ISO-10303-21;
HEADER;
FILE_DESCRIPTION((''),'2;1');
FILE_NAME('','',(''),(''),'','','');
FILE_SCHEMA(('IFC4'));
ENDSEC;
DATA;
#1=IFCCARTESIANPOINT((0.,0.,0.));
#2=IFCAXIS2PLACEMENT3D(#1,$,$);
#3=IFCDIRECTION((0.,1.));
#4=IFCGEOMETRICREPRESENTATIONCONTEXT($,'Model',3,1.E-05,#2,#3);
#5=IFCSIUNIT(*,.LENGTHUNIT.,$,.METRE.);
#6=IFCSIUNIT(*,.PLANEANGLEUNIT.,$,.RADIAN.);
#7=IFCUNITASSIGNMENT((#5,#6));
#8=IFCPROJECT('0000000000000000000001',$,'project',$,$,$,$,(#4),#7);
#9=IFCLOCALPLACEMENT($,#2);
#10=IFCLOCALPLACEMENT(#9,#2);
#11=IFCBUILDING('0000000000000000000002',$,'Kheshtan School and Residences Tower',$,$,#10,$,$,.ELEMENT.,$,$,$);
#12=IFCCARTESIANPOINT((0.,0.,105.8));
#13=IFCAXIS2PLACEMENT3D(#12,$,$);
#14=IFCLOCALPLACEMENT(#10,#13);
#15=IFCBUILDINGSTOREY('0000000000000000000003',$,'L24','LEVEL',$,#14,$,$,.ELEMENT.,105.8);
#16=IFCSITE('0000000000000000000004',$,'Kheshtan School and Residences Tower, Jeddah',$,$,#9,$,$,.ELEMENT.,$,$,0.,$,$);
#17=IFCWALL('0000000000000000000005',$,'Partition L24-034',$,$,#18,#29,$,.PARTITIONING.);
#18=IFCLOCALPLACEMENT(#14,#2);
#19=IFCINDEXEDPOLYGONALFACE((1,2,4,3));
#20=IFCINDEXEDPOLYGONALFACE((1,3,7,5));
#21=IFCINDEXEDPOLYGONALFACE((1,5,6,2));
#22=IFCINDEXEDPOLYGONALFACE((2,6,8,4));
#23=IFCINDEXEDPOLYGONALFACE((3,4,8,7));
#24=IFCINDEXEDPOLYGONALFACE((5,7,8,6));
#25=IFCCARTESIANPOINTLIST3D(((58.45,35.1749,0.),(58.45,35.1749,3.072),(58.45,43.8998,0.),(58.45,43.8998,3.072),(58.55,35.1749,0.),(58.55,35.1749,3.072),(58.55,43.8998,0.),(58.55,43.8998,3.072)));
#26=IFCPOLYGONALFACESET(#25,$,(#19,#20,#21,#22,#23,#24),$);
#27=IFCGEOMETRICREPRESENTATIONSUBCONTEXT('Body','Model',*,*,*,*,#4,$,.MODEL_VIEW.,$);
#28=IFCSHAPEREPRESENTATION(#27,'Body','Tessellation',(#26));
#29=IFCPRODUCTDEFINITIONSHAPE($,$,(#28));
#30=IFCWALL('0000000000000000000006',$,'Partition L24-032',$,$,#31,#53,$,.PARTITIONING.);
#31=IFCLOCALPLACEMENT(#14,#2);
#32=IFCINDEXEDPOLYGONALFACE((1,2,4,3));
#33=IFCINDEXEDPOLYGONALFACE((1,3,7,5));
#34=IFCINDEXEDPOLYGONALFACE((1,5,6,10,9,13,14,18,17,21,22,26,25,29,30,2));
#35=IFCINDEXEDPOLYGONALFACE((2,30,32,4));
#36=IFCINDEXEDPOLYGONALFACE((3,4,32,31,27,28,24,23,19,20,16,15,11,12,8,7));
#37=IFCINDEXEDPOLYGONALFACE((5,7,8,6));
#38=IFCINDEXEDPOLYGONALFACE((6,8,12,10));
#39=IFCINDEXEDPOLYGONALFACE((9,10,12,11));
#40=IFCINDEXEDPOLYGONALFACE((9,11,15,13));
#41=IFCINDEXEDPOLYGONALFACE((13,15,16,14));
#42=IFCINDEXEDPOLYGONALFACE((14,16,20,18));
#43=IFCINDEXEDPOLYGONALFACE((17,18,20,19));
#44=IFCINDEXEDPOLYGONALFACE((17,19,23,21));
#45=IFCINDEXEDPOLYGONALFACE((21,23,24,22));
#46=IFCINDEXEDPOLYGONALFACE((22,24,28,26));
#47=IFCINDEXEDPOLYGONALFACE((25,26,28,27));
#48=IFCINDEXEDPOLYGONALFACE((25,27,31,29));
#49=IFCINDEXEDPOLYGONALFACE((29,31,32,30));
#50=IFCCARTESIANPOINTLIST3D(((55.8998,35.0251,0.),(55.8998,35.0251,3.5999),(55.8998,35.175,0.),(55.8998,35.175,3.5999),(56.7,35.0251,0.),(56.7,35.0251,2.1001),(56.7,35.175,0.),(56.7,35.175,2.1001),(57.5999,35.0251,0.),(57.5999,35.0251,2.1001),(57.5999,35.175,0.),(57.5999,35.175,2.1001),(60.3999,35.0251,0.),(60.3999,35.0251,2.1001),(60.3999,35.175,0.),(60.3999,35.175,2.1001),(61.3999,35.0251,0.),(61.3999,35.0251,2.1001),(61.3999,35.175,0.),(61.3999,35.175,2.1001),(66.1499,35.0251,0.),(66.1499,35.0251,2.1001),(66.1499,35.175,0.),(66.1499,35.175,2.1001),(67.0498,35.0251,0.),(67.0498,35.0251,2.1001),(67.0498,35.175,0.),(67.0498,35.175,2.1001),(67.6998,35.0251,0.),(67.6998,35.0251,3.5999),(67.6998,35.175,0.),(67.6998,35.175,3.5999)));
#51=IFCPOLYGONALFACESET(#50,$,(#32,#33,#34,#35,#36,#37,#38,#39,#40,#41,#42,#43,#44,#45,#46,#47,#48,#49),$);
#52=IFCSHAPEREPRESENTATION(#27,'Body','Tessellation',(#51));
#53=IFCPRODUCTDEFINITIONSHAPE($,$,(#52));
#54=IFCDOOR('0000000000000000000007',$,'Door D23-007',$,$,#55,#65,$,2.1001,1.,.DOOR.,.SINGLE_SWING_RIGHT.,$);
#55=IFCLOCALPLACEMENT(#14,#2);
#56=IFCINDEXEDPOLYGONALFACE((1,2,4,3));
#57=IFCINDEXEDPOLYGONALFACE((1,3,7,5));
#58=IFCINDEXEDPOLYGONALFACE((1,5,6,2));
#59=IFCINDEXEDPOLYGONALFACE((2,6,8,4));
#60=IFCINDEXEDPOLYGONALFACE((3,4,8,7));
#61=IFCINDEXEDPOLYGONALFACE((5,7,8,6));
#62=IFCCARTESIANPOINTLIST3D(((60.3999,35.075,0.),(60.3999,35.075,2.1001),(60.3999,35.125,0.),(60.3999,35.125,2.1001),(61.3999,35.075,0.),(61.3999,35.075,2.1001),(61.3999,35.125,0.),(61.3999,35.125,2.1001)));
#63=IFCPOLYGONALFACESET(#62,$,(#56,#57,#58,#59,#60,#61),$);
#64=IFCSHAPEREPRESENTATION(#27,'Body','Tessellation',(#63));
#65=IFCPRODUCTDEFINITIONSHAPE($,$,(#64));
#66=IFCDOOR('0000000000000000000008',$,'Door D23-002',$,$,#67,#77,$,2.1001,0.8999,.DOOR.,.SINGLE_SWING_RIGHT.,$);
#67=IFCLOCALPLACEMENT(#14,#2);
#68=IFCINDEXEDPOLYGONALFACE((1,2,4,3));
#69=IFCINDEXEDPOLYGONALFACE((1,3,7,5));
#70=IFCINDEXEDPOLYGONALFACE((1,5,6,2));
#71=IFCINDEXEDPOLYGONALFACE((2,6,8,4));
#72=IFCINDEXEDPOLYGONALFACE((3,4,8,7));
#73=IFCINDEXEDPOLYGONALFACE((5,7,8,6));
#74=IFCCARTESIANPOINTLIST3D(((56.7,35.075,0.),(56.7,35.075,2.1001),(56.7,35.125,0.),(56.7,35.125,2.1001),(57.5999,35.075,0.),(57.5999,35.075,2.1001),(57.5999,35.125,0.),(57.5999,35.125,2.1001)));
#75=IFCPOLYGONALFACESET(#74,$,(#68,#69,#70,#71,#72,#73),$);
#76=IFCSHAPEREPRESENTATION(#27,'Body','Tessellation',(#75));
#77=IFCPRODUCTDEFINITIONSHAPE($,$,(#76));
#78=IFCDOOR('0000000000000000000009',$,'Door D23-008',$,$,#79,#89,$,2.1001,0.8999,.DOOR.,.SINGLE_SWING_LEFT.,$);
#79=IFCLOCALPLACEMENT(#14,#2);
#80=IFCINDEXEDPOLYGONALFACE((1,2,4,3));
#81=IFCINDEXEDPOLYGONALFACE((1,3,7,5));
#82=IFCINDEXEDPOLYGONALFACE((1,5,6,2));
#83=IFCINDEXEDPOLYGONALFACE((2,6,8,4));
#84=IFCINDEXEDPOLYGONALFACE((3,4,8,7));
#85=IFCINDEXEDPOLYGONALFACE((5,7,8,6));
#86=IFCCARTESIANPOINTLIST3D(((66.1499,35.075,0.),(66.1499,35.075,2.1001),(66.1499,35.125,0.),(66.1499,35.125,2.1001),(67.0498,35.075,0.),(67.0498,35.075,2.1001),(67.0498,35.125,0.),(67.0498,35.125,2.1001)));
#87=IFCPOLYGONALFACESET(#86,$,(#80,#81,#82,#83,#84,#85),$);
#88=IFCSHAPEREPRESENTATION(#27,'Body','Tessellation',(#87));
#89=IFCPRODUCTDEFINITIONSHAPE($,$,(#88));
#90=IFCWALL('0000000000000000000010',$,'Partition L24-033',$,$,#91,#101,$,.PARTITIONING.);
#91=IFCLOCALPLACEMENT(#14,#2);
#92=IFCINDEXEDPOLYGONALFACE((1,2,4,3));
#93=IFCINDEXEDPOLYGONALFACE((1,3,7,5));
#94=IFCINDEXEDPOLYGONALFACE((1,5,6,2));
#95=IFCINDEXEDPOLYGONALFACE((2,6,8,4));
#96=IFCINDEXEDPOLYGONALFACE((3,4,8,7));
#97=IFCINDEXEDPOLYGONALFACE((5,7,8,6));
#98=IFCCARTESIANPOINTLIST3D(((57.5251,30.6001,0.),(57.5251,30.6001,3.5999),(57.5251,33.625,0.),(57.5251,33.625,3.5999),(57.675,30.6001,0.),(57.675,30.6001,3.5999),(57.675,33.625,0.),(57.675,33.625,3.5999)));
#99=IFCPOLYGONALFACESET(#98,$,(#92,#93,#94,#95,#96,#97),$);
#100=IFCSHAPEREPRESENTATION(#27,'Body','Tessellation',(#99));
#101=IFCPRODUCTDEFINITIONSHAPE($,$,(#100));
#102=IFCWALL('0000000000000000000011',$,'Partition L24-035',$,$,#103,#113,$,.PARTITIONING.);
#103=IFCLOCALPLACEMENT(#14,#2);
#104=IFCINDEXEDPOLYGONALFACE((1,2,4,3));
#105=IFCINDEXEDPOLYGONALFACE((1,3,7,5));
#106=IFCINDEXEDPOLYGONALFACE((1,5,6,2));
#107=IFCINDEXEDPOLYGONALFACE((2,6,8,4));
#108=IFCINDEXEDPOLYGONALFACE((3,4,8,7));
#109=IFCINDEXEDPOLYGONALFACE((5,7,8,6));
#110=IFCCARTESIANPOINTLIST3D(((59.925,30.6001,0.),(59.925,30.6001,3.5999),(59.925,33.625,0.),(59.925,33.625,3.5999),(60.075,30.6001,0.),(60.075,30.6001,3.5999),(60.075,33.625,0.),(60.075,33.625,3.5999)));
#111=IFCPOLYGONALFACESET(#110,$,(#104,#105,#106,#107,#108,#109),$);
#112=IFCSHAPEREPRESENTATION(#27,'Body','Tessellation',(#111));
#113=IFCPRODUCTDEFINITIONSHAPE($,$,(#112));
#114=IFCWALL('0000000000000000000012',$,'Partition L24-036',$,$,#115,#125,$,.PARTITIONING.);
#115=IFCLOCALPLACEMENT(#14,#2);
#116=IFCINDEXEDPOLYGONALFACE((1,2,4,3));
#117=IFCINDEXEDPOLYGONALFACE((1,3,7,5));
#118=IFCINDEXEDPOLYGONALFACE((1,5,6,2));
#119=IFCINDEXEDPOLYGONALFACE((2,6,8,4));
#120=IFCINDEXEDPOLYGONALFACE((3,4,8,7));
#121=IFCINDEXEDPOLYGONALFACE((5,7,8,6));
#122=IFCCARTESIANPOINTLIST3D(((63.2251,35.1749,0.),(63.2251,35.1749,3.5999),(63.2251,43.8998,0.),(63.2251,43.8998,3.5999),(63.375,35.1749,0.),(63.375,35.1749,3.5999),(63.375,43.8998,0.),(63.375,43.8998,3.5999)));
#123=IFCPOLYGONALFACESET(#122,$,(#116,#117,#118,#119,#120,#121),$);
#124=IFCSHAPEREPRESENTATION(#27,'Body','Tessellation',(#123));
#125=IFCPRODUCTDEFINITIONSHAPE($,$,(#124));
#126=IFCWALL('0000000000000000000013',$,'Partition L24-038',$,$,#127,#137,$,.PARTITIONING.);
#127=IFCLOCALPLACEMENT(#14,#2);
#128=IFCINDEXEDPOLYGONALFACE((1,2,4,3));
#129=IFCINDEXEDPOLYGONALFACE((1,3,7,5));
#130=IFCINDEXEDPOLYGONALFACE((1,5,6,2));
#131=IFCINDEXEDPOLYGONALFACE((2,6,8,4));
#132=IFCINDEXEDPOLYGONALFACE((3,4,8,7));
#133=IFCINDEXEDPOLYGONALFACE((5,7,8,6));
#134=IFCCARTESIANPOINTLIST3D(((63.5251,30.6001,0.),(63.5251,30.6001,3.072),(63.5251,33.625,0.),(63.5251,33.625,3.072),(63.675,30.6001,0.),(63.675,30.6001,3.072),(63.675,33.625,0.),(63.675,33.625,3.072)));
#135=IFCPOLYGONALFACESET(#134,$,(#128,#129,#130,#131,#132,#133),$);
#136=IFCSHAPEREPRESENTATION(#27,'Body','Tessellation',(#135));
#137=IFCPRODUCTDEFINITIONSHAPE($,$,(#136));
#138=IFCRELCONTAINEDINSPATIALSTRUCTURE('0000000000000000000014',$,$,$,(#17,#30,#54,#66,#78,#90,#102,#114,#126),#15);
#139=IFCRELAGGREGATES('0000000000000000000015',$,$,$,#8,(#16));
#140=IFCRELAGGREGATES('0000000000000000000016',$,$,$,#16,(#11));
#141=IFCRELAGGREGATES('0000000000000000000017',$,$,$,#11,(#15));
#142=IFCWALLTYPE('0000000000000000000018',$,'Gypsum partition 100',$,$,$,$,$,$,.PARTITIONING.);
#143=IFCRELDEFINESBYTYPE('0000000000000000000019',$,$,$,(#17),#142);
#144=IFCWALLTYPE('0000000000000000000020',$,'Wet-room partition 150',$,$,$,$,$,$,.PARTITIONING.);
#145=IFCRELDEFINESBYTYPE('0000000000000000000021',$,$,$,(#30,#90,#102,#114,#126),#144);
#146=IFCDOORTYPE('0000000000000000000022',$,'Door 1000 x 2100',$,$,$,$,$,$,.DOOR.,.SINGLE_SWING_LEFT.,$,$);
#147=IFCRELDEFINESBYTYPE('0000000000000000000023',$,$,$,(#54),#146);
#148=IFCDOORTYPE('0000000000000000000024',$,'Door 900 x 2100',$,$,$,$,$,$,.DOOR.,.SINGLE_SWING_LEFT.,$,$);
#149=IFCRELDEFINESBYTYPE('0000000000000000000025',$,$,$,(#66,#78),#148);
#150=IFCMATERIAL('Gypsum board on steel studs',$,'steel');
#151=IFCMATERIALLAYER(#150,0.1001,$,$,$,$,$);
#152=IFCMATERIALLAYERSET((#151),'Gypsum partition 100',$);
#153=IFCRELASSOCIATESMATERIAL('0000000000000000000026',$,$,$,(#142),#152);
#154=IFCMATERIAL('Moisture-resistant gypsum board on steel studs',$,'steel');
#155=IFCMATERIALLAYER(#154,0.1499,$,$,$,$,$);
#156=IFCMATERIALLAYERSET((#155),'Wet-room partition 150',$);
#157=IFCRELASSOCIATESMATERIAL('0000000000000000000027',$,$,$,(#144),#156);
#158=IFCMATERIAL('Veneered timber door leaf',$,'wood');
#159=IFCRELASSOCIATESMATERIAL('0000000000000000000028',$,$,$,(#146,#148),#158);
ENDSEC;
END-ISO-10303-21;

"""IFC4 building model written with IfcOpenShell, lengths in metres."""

from ifc_helpers import new_model, si_unit, direction, frame, frame_2d, origin, place, context, subcontext, project, spatial, rectangle, extrude, source, transform, mapped, material, layer, layer_set, type_object, element, fill, save


model = new_model("IFC4")

# Units and contexts
model_context = context("Model", 3, precision=1e-05, world=origin(), true_north=direction((0.0, 1.0)))
body_context = subcontext(model_context, "Body", "Model", "MODEL_VIEW")
ifc_project = project(units=[si_unit("LENGTHUNIT", "METRE"), si_unit("PLANEANGLEUNIT", "RADIAN")], contexts=[model_context])

# Site, building, storey
site_placement = place(None, origin())
site = spatial("IfcSite", under=ifc_project, at=site_placement, Name="Kheshtan School and Residences Tower, Jeddah", CompositionType="ELEMENT", RefElevation=0.0)
building_placement = place(site_placement, origin())
building = spatial("IfcBuilding", under=site, at=building_placement, Name="Kheshtan School and Residences Tower", CompositionType="ELEMENT")
storey_placement = place(building_placement, frame((0.0, 0.0, 105.8)))
storey = spatial("IfcBuildingStorey", under=building, at=storey_placement, Name="L24", Description="LEVEL", CompositionType="ELEMENT", Elevation=105.8)

# Wall
ifc_material_1 = material(Name="Gypsum board on steel studs", Category="steel")
ifc_layer_1 = layer(ifc_material_1, 0.1001)
ifc_layer_set_1 = layer_set([ifc_layer_1], Name="Gypsum partition 100")
wall_type_1 = type_object("IfcWallType", Name="Gypsum partition 100", PredefinedType="PARTITIONING", material=ifc_layer_set_1)
wall_1_placement = place(storey_placement, frame((58.5, 35.175, 0.0), z_axis=(0.0, 0.0, 1.0), x_axis=(0.0, 1.0, 0.0)))
element("IfcWall", 1, at=wall_1_placement, inside=storey, type_object=wall_type_1, Name="Partition L24-034", PredefinedType="PARTITIONING", context=body_context, shape_type="SweptSolid", body=[
    extrude(rectangle(XDim=8.7249, YDim=0.1001, at=frame_2d((4.3623, 0.0))), origin(), (0.0, 0.0, 1.0), 3.072),
])

# Wall, openings, doors
ifc_material_2 = material(Name="Moisture-resistant gypsum board on steel studs", Category="steel")
ifc_layer_2 = layer(ifc_material_2, 0.1499)
ifc_layer_set_2 = layer_set([ifc_layer_2], Name="Wet-room partition 150")
wall_type_2 = type_object("IfcWallType", Name="Wet-room partition 150", PredefinedType="PARTITIONING", material=ifc_layer_set_2)
wall_2_placement = place(storey_placement, frame((55.8999, 35.1001, 0.0), z_axis=(0.0, 0.0, 1.0), x_axis=(1.0, 0.0, 0.0)))
wall_2 = element("IfcWall", 2, at=wall_2_placement, inside=storey, type_object=wall_type_2, Name="Partition L24-032", PredefinedType="PARTITIONING", context=body_context, shape_type="SweptSolid", body=[
    extrude(rectangle(XDim=11.8, YDim=0.1499, at=frame_2d((5.8999, 0.0))), origin(), (0.0, 0.0, 1.0), 3.5999),
])
opening_1_placement = place(wall_2_placement, frame((0.8, 0.0, 0.0)))
opening_1 = element("IfcOpeningElement", 3, at=opening_1_placement, cuts=wall_2, PredefinedType="OPENING", context=body_context, shape_type="SweptSolid", body=[
    extrude(rectangle(XDim=0.8999, YDim=2.1001, at=frame_2d((0.45, 1.05))), frame((0.0, 0.085, 0.0), z_axis=(0.0, -1.0, 0.0), x_axis=(1.0, 0.0, 0.0)), (0.0, 0.0, 1.0), 0.1699),
])
opening_2_placement = place(wall_2_placement, frame((4.5, 0.0, 0.0)))
opening_2 = element("IfcOpeningElement", 4, at=opening_2_placement, cuts=wall_2, PredefinedType="OPENING", context=body_context, shape_type="SweptSolid", body=[
    extrude(rectangle(XDim=1.0, YDim=2.1001, at=frame_2d((0.5, 1.05))), frame((0.0, 0.085, 0.0), z_axis=(0.0, -1.0, 0.0), x_axis=(1.0, 0.0, 0.0)), (0.0, 0.0, 1.0), 0.1699),
])
opening_3_placement = place(wall_2_placement, frame((10.25, 0.0, 0.0)))
opening_3 = element("IfcOpeningElement", 5, at=opening_3_placement, cuts=wall_2, PredefinedType="OPENING", context=body_context, shape_type="SweptSolid", body=[
    extrude(rectangle(XDim=0.8999, YDim=2.1001, at=frame_2d((0.45, 1.05))), frame((0.0, 0.085, 0.0), z_axis=(0.0, -1.0, 0.0), x_axis=(1.0, 0.0, 0.0)), (0.0, 0.0, 1.0), 0.1699),
])
ifc_material_3 = material(Name="Veneered timber door leaf", Category="wood")
door_type_1 = type_object("IfcDoorType", Name="Door 1000 x 2100", OperationType="SINGLE_SWING_LEFT", PredefinedType="DOOR", material=ifc_material_3)
shared_shape_1 = source(origin(), body_context, "Body", "SweptSolid", [
    extrude(rectangle(XDim=1.0, YDim=2.1001, at=frame_2d((0.5, 1.05))), frame((0.0, 0.0249, 0.0), z_axis=(0.0, -1.0, 0.0), x_axis=(1.0, 0.0, 0.0)), (0.0, 0.0, 1.0), 0.05),
])
door_1_placement = place(opening_2_placement, origin())
door_1 = element("IfcDoor", 6, at=door_1_placement, inside=storey, type_object=door_type_1, Name="Door D23-007", OperationType="SINGLE_SWING_RIGHT", OverallHeight=2.1001, OverallWidth=1.0, PredefinedType="DOOR", context=body_context, shape_type="MappedRepresentation", body=[
    mapped(shared_shape_1, transform((0.0, 0.0, 0.0), x_axis=(1.0, 0.0, 0.0), y_axis=(0.0, 1.0, 0.0), z_axis=(0.0, 0.0, 1.0), scale=1.0)),
])
fill(opening_2, door_1)
door_type_2 = type_object("IfcDoorType", Name="Door 900 x 2100", OperationType="SINGLE_SWING_LEFT", PredefinedType="DOOR", material=ifc_material_3)
shared_shape_2 = source(origin(), body_context, "Body", "SweptSolid", [
    extrude(rectangle(XDim=0.8999, YDim=2.1001, at=frame_2d((0.45, 1.05))), frame((0.0, 0.0249, 0.0), z_axis=(0.0, -1.0, 0.0), x_axis=(1.0, 0.0, 0.0)), (0.0, 0.0, 1.0), 0.05),
])
door_2_placement = place(opening_1_placement, origin())
door_2 = element("IfcDoor", 7, at=door_2_placement, inside=storey, type_object=door_type_2, Name="Door D23-002", OperationType="SINGLE_SWING_RIGHT", OverallHeight=2.1001, OverallWidth=0.8999, PredefinedType="DOOR", context=body_context, shape_type="MappedRepresentation", body=[
    mapped(shared_shape_2, transform((0.0, 0.0, 0.0), x_axis=(1.0, 0.0, 0.0), y_axis=(0.0, 1.0, 0.0), z_axis=(0.0, 0.0, 1.0), scale=1.0)),
])
fill(opening_1, door_2)
door_3_placement = place(opening_3_placement, origin())
door_3 = element("IfcDoor", 8, at=door_3_placement, inside=storey, type_object=door_type_2, Name="Door D23-008", OperationType="SINGLE_SWING_LEFT", OverallHeight=2.1001, OverallWidth=0.8999, PredefinedType="DOOR", context=body_context, shape_type="MappedRepresentation", body=[
    mapped(shared_shape_2, transform((0.0, 0.0, 0.0), x_axis=(1.0, 0.0, 0.0), y_axis=(0.0, 1.0, 0.0), z_axis=(0.0, 0.0, 1.0), scale=1.0)),
])
fill(opening_3, door_3)

# Walls
for number, where, z_axis, x_axis, name in (
    (9, (57.6001, 30.6001, 0.0), (0.0, 0.0, 1.0), (0.0, 1.0, 0.0), "Partition L24-033"),
    (10, (60.0, 30.6001, 0.0), (0.0, 0.0, 1.0), (0.0, 1.0, 0.0), "Partition L24-035"),
):
    element("IfcWall", number, at=place(storey_placement, frame(where, z_axis=z_axis, x_axis=x_axis)), inside=storey, type_object=wall_type_2, Name=name, PredefinedType="PARTITIONING", context=body_context, shape_type="SweptSolid", body=[
        extrude(rectangle(XDim=3.0249, YDim=0.1499, at=frame_2d((1.5125, 0.0))), origin(), (0.0, 0.0, 1.0), 3.5999),
    ])
wall_3_placement = place(storey_placement, frame((63.3, 35.175, 0.0), z_axis=(0.0, 0.0, 1.0), x_axis=(0.0, 1.0, 0.0)))
element("IfcWall", 11, at=wall_3_placement, inside=storey, type_object=wall_type_2, Name="Partition L24-036", PredefinedType="PARTITIONING", context=body_context, shape_type="SweptSolid", body=[
    extrude(rectangle(XDim=8.7249, YDim=0.1499, at=frame_2d((4.3623, 0.0))), origin(), (0.0, 0.0, 1.0), 3.5999),
])
wall_4_placement = place(storey_placement, frame((63.6001, 30.6001, 0.0), z_axis=(0.0, 0.0, 1.0), x_axis=(0.0, 1.0, 0.0)))
element("IfcWall", 12, at=wall_4_placement, inside=storey, type_object=wall_type_2, Name="Partition L24-038", PredefinedType="PARTITIONING", context=body_context, shape_type="SweptSolid", body=[
    extrude(rectangle(XDim=3.0249, YDim=0.1499, at=frame_2d((1.5125, 0.0))), origin(), (0.0, 0.0, 1.0), 3.072),
])

save(model, "model.ifc")
